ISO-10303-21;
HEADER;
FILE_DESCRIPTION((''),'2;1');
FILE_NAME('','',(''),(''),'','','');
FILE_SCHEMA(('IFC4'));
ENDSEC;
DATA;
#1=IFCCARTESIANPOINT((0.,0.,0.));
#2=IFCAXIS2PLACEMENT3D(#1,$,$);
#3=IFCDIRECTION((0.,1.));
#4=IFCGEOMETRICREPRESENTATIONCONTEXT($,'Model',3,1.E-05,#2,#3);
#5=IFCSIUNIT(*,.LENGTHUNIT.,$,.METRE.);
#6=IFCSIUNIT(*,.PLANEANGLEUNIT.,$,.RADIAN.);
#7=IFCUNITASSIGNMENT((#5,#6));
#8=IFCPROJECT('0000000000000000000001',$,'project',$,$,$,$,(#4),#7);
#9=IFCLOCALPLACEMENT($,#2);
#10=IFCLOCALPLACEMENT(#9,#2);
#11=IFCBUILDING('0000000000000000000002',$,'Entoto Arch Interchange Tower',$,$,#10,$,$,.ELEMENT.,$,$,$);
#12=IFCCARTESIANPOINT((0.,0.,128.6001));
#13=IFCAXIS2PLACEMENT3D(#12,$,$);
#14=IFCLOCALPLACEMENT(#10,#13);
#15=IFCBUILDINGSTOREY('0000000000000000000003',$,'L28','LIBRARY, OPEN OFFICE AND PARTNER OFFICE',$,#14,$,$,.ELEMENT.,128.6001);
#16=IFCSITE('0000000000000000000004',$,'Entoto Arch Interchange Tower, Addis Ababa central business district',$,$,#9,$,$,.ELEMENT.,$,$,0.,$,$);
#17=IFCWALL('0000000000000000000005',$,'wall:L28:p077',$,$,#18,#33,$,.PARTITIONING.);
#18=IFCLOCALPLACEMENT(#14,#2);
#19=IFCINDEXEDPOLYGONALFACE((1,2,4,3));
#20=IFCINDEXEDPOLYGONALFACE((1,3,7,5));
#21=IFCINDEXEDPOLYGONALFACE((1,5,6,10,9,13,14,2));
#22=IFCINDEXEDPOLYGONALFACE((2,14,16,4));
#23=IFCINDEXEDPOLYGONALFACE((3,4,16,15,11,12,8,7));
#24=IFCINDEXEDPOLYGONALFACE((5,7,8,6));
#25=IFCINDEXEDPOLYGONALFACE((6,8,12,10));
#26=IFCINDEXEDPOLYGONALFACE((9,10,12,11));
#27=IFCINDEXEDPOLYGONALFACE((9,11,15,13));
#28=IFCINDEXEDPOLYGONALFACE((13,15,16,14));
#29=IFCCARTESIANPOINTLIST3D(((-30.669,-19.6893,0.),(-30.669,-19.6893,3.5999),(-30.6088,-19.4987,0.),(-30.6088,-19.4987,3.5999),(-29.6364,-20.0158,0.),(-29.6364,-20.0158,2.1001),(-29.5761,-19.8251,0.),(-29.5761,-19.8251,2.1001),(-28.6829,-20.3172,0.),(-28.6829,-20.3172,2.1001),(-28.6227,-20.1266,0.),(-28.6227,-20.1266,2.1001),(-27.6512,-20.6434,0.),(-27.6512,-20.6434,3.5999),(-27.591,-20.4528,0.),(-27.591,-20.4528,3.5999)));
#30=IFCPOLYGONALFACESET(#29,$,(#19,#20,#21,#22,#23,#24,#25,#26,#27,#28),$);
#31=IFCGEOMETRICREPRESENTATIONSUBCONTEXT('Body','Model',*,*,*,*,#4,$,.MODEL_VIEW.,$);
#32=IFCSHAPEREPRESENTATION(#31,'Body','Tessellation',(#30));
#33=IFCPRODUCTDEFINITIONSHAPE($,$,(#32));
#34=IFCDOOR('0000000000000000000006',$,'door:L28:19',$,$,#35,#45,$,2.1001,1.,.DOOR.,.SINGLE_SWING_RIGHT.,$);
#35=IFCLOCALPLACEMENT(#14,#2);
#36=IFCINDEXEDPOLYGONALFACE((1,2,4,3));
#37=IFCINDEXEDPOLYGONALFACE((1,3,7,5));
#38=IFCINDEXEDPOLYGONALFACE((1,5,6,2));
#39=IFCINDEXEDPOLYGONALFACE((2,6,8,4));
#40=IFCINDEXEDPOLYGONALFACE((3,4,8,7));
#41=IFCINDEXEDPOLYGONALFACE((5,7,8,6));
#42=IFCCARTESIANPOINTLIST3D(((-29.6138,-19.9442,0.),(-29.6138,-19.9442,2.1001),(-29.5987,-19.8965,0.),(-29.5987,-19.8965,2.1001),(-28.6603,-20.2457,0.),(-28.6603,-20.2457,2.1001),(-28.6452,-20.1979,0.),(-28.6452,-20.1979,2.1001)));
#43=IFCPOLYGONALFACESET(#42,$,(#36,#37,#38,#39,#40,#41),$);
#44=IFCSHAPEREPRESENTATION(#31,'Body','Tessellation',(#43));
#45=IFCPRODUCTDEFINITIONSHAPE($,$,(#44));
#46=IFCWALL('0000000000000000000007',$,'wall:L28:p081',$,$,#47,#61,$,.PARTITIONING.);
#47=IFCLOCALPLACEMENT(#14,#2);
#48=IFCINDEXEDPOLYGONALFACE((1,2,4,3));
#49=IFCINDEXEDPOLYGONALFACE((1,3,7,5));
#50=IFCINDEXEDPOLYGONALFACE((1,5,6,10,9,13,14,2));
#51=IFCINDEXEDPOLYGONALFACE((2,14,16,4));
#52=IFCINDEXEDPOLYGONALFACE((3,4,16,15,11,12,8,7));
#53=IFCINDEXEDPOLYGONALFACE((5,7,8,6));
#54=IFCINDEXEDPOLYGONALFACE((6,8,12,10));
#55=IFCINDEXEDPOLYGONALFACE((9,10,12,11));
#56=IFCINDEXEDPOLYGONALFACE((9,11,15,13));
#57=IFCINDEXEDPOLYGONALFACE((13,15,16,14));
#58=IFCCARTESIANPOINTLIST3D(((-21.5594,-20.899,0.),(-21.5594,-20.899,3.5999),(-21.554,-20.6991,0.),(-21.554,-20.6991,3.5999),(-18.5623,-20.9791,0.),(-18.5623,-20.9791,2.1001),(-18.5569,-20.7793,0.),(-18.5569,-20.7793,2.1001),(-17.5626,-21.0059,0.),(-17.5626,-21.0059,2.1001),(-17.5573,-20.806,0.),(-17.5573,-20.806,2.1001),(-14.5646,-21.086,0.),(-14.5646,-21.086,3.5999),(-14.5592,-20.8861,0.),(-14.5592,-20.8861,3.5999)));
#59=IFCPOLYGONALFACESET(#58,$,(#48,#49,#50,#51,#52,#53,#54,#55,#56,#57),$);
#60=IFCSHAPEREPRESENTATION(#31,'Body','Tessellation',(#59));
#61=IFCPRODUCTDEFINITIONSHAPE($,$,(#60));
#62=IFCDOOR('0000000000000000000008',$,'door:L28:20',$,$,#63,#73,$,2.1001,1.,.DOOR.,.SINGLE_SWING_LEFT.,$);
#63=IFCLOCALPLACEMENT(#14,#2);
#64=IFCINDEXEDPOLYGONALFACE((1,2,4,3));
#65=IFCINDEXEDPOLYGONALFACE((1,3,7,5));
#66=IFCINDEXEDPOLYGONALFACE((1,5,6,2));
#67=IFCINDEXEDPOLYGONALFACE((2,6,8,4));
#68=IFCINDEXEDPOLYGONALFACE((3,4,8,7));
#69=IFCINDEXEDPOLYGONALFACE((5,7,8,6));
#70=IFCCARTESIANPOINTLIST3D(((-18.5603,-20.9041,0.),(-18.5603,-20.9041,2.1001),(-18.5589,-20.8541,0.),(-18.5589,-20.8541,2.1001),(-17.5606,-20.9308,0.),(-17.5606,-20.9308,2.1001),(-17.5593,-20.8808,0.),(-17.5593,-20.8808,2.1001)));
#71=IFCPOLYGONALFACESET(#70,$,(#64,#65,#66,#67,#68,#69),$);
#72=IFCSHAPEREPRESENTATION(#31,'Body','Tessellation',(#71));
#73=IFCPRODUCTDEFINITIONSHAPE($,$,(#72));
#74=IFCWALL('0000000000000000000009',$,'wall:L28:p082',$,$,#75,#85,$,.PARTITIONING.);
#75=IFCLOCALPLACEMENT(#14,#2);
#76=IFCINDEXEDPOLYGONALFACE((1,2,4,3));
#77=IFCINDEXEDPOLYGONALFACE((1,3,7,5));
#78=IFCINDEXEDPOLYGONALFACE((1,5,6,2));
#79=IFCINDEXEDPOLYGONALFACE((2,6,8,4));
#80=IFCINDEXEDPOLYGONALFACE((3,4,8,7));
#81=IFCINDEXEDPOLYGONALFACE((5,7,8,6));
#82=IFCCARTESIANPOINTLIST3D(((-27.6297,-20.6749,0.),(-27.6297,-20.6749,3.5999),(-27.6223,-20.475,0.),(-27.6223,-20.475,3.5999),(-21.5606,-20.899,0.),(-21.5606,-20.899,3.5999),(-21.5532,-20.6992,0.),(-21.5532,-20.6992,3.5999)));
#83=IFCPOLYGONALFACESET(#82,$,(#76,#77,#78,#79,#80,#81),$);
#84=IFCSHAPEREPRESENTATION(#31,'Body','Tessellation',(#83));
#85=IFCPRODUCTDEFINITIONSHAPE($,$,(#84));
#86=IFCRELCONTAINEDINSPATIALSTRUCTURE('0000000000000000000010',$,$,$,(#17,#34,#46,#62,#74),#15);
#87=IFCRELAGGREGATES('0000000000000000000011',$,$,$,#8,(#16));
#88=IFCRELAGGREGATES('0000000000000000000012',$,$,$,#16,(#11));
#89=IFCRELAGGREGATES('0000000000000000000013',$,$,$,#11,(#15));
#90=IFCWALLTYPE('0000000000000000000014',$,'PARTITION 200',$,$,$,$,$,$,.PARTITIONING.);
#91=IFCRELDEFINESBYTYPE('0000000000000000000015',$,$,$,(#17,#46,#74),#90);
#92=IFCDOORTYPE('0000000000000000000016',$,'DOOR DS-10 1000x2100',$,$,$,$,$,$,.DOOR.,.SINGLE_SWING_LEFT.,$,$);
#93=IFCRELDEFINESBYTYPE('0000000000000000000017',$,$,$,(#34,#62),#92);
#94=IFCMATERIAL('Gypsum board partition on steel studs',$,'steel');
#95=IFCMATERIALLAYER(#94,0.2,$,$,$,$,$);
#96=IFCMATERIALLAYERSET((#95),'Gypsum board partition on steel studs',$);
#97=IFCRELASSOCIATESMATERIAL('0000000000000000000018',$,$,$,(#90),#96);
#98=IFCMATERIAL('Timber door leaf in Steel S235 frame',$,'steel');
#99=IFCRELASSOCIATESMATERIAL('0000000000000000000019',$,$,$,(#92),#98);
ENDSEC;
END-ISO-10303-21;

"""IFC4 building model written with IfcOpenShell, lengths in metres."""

from ifc_helpers import new_model, si_unit, direction, frame, frame_2d, origin, place, context, subcontext, project, spatial, rectangle, extrude, material, layer, layer_set, type_object, element, fill, save


model = new_model("IFC4")

# Units and contexts
model_context = context("Model", 3, precision=1e-05, world=origin(), true_north=direction((0.0, 1.0)))
body_context = subcontext(model_context, "Body", "Model", "MODEL_VIEW")
ifc_project = project(units=[si_unit("LENGTHUNIT", "METRE"), si_unit("PLANEANGLEUNIT", "RADIAN")], contexts=[model_context])

# Site, building, storey
site_placement = place(None, origin())
site = spatial("IfcSite", under=ifc_project, at=site_placement, Name="Entoto Arch Interchange Tower, Addis Ababa central business district", CompositionType="ELEMENT", RefElevation=0.0)
building_placement = place(site_placement, origin())
building = spatial("IfcBuilding", under=site, at=building_placement, Name="Entoto Arch Interchange Tower", CompositionType="ELEMENT")
storey_placement = place(building_placement, frame((0.0, 0.0, 128.6001)))
storey = spatial("IfcBuildingStorey", under=building, at=storey_placement, Name="L28", Description="LIBRARY, OPEN OFFICE AND PARTNER OFFICE", CompositionType="ELEMENT", Elevation=128.6001)

# Shared definitions
ifc_material_1 = material(Name="Gypsum board partition on steel studs", Category="steel")

# Shared definitions
ifc_layer_1 = layer(ifc_material_1, 0.2)
ifc_layer_set_1 = layer_set([ifc_layer_1], Name="Gypsum board partition on steel studs")
wall_type_1 = type_object("IfcWallType", Name="PARTITION 200", PredefinedType="PARTITIONING", material=ifc_layer_set_1)
ifc_material_2 = material(Name="Timber door leaf in Steel S235 frame", Category="steel")

# Shared definitions
door_type_1 = type_object("IfcDoorType", Name="DOOR DS-10 1000x2100", OperationType="SINGLE_SWING_LEFT", PredefinedType="DOOR", material=ifc_material_2)

# Walls, openings, doors
wall_1_placement = place(storey_placement, frame((-27.6211, -20.5481, 0.0), z_axis=(0.0, 0.0, 1.0), x_axis=(-0.953482, 0.301449, 0.0)))
wall_1 = element("IfcWall", 1, at=wall_1_placement, inside=storey, type_object=wall_type_1, Name="wall:L28:p077", PredefinedType="PARTITIONING", context=body_context, shape_type="SweptSolid", body=[
    extrude(rectangle(XDim=3.165, YDim=0.2, at=frame_2d((1.5825, 0.0))), origin(), (0.0, 0.0, 1.0), 3.5999),
])
opening_1_placement = place(wall_1_placement, frame((1.082, 0.0, 0.0)))
opening_1 = element("IfcOpeningElement", 2, at=opening_1_placement, cuts=wall_1, PredefinedType="OPENING", context=body_context, shape_type="SweptSolid", body=[
    extrude(rectangle(XDim=1.0, YDim=2.1001, at=frame_2d((0.5, 1.05))), frame((0.0, 0.1099, 0.0), z_axis=(0.0, -1.0, 0.0), x_axis=(1.0, 0.0, 0.0)), (0.0, 0.0, 1.0), 0.22),
])
door_1_placement = place(opening_1_placement, origin())
door_1 = element("IfcDoor", 3, at=door_1_placement, inside=storey, type_object=door_type_1, Name="door:L28:19", OperationType="SINGLE_SWING_RIGHT", OverallHeight=2.1001, OverallWidth=1.0, PredefinedType="DOOR", context=body_context, shape_type="SweptSolid", body=[
    extrude(rectangle(XDim=1.0, YDim=2.1001, at=frame_2d((0.5, 1.05))), frame((0.0, 0.0249, 0.0), z_axis=(0.0, -1.0, 0.0), x_axis=(1.0, 0.0, 0.0)), (0.0, 0.0, 1.0), 0.05),
])
fill(opening_1, door_1)
wall_2_placement = place(storey_placement, frame((-14.562, -20.9861, 0.0), z_axis=(0.0, 0.0, 1.0), x_axis=(-0.999643, 0.026726, 0.0)))
wall_2 = element("IfcWall", 4, at=wall_2_placement, inside=storey, type_object=wall_type_1, Name="wall:L28:p081", PredefinedType="PARTITIONING", context=body_context, shape_type="SweptSolid", body=[
    extrude(rectangle(XDim=6.9973, YDim=0.2, at=frame_2d((3.4985, 0.0))), origin(), (0.0, 0.0, 1.0), 3.5999),
])
opening_2_placement = place(wall_2_placement, frame((2.999, 0.0, 0.0)))
opening_2 = element("IfcOpeningElement", 5, at=opening_2_placement, cuts=wall_2, PredefinedType="OPENING", context=body_context, shape_type="SweptSolid", body=[
    extrude(rectangle(XDim=1.0, YDim=2.1001, at=frame_2d((0.5, 1.05))), frame((0.0, 0.1099, 0.0), z_axis=(0.0, -1.0, 0.0), x_axis=(1.0, 0.0, 0.0)), (0.0, 0.0, 1.0), 0.22),
])
door_2_placement = place(opening_2_placement, origin())
door_2 = element("IfcDoor", 6, at=door_2_placement, inside=storey, type_object=door_type_1, Name="door:L28:20", OperationType="SINGLE_SWING_LEFT", OverallHeight=2.1001, OverallWidth=1.0, PredefinedType="DOOR", context=body_context, shape_type="SweptSolid", body=[
    extrude(rectangle(XDim=1.0, YDim=2.1001, at=frame_2d((0.5, 1.05))), frame((0.0, 0.0249, 0.0), z_axis=(0.0, -1.0, 0.0), x_axis=(1.0, 0.0, 0.0)), (0.0, 0.0, 1.0), 0.05),
])
fill(opening_2, door_2)

# Wall
wall_3_placement = place(storey_placement, frame((-21.5569, -20.7991, 0.0), z_axis=(0.0, 0.0, 1.0), x_axis=(-0.999319, 0.036903, 0.0)))
element("IfcWall", 7, at=wall_3_placement, inside=storey, type_object=wall_type_1, Name="wall:L28:p082", PredefinedType="PARTITIONING", context=body_context, shape_type="SweptSolid", body=[
    extrude(rectangle(XDim=6.0732, YDim=0.2, at=frame_2d((3.0366, 0.0))), origin(), (0.0, 0.0, 1.0), 3.5999),
])

save(model, "model.ifc")
